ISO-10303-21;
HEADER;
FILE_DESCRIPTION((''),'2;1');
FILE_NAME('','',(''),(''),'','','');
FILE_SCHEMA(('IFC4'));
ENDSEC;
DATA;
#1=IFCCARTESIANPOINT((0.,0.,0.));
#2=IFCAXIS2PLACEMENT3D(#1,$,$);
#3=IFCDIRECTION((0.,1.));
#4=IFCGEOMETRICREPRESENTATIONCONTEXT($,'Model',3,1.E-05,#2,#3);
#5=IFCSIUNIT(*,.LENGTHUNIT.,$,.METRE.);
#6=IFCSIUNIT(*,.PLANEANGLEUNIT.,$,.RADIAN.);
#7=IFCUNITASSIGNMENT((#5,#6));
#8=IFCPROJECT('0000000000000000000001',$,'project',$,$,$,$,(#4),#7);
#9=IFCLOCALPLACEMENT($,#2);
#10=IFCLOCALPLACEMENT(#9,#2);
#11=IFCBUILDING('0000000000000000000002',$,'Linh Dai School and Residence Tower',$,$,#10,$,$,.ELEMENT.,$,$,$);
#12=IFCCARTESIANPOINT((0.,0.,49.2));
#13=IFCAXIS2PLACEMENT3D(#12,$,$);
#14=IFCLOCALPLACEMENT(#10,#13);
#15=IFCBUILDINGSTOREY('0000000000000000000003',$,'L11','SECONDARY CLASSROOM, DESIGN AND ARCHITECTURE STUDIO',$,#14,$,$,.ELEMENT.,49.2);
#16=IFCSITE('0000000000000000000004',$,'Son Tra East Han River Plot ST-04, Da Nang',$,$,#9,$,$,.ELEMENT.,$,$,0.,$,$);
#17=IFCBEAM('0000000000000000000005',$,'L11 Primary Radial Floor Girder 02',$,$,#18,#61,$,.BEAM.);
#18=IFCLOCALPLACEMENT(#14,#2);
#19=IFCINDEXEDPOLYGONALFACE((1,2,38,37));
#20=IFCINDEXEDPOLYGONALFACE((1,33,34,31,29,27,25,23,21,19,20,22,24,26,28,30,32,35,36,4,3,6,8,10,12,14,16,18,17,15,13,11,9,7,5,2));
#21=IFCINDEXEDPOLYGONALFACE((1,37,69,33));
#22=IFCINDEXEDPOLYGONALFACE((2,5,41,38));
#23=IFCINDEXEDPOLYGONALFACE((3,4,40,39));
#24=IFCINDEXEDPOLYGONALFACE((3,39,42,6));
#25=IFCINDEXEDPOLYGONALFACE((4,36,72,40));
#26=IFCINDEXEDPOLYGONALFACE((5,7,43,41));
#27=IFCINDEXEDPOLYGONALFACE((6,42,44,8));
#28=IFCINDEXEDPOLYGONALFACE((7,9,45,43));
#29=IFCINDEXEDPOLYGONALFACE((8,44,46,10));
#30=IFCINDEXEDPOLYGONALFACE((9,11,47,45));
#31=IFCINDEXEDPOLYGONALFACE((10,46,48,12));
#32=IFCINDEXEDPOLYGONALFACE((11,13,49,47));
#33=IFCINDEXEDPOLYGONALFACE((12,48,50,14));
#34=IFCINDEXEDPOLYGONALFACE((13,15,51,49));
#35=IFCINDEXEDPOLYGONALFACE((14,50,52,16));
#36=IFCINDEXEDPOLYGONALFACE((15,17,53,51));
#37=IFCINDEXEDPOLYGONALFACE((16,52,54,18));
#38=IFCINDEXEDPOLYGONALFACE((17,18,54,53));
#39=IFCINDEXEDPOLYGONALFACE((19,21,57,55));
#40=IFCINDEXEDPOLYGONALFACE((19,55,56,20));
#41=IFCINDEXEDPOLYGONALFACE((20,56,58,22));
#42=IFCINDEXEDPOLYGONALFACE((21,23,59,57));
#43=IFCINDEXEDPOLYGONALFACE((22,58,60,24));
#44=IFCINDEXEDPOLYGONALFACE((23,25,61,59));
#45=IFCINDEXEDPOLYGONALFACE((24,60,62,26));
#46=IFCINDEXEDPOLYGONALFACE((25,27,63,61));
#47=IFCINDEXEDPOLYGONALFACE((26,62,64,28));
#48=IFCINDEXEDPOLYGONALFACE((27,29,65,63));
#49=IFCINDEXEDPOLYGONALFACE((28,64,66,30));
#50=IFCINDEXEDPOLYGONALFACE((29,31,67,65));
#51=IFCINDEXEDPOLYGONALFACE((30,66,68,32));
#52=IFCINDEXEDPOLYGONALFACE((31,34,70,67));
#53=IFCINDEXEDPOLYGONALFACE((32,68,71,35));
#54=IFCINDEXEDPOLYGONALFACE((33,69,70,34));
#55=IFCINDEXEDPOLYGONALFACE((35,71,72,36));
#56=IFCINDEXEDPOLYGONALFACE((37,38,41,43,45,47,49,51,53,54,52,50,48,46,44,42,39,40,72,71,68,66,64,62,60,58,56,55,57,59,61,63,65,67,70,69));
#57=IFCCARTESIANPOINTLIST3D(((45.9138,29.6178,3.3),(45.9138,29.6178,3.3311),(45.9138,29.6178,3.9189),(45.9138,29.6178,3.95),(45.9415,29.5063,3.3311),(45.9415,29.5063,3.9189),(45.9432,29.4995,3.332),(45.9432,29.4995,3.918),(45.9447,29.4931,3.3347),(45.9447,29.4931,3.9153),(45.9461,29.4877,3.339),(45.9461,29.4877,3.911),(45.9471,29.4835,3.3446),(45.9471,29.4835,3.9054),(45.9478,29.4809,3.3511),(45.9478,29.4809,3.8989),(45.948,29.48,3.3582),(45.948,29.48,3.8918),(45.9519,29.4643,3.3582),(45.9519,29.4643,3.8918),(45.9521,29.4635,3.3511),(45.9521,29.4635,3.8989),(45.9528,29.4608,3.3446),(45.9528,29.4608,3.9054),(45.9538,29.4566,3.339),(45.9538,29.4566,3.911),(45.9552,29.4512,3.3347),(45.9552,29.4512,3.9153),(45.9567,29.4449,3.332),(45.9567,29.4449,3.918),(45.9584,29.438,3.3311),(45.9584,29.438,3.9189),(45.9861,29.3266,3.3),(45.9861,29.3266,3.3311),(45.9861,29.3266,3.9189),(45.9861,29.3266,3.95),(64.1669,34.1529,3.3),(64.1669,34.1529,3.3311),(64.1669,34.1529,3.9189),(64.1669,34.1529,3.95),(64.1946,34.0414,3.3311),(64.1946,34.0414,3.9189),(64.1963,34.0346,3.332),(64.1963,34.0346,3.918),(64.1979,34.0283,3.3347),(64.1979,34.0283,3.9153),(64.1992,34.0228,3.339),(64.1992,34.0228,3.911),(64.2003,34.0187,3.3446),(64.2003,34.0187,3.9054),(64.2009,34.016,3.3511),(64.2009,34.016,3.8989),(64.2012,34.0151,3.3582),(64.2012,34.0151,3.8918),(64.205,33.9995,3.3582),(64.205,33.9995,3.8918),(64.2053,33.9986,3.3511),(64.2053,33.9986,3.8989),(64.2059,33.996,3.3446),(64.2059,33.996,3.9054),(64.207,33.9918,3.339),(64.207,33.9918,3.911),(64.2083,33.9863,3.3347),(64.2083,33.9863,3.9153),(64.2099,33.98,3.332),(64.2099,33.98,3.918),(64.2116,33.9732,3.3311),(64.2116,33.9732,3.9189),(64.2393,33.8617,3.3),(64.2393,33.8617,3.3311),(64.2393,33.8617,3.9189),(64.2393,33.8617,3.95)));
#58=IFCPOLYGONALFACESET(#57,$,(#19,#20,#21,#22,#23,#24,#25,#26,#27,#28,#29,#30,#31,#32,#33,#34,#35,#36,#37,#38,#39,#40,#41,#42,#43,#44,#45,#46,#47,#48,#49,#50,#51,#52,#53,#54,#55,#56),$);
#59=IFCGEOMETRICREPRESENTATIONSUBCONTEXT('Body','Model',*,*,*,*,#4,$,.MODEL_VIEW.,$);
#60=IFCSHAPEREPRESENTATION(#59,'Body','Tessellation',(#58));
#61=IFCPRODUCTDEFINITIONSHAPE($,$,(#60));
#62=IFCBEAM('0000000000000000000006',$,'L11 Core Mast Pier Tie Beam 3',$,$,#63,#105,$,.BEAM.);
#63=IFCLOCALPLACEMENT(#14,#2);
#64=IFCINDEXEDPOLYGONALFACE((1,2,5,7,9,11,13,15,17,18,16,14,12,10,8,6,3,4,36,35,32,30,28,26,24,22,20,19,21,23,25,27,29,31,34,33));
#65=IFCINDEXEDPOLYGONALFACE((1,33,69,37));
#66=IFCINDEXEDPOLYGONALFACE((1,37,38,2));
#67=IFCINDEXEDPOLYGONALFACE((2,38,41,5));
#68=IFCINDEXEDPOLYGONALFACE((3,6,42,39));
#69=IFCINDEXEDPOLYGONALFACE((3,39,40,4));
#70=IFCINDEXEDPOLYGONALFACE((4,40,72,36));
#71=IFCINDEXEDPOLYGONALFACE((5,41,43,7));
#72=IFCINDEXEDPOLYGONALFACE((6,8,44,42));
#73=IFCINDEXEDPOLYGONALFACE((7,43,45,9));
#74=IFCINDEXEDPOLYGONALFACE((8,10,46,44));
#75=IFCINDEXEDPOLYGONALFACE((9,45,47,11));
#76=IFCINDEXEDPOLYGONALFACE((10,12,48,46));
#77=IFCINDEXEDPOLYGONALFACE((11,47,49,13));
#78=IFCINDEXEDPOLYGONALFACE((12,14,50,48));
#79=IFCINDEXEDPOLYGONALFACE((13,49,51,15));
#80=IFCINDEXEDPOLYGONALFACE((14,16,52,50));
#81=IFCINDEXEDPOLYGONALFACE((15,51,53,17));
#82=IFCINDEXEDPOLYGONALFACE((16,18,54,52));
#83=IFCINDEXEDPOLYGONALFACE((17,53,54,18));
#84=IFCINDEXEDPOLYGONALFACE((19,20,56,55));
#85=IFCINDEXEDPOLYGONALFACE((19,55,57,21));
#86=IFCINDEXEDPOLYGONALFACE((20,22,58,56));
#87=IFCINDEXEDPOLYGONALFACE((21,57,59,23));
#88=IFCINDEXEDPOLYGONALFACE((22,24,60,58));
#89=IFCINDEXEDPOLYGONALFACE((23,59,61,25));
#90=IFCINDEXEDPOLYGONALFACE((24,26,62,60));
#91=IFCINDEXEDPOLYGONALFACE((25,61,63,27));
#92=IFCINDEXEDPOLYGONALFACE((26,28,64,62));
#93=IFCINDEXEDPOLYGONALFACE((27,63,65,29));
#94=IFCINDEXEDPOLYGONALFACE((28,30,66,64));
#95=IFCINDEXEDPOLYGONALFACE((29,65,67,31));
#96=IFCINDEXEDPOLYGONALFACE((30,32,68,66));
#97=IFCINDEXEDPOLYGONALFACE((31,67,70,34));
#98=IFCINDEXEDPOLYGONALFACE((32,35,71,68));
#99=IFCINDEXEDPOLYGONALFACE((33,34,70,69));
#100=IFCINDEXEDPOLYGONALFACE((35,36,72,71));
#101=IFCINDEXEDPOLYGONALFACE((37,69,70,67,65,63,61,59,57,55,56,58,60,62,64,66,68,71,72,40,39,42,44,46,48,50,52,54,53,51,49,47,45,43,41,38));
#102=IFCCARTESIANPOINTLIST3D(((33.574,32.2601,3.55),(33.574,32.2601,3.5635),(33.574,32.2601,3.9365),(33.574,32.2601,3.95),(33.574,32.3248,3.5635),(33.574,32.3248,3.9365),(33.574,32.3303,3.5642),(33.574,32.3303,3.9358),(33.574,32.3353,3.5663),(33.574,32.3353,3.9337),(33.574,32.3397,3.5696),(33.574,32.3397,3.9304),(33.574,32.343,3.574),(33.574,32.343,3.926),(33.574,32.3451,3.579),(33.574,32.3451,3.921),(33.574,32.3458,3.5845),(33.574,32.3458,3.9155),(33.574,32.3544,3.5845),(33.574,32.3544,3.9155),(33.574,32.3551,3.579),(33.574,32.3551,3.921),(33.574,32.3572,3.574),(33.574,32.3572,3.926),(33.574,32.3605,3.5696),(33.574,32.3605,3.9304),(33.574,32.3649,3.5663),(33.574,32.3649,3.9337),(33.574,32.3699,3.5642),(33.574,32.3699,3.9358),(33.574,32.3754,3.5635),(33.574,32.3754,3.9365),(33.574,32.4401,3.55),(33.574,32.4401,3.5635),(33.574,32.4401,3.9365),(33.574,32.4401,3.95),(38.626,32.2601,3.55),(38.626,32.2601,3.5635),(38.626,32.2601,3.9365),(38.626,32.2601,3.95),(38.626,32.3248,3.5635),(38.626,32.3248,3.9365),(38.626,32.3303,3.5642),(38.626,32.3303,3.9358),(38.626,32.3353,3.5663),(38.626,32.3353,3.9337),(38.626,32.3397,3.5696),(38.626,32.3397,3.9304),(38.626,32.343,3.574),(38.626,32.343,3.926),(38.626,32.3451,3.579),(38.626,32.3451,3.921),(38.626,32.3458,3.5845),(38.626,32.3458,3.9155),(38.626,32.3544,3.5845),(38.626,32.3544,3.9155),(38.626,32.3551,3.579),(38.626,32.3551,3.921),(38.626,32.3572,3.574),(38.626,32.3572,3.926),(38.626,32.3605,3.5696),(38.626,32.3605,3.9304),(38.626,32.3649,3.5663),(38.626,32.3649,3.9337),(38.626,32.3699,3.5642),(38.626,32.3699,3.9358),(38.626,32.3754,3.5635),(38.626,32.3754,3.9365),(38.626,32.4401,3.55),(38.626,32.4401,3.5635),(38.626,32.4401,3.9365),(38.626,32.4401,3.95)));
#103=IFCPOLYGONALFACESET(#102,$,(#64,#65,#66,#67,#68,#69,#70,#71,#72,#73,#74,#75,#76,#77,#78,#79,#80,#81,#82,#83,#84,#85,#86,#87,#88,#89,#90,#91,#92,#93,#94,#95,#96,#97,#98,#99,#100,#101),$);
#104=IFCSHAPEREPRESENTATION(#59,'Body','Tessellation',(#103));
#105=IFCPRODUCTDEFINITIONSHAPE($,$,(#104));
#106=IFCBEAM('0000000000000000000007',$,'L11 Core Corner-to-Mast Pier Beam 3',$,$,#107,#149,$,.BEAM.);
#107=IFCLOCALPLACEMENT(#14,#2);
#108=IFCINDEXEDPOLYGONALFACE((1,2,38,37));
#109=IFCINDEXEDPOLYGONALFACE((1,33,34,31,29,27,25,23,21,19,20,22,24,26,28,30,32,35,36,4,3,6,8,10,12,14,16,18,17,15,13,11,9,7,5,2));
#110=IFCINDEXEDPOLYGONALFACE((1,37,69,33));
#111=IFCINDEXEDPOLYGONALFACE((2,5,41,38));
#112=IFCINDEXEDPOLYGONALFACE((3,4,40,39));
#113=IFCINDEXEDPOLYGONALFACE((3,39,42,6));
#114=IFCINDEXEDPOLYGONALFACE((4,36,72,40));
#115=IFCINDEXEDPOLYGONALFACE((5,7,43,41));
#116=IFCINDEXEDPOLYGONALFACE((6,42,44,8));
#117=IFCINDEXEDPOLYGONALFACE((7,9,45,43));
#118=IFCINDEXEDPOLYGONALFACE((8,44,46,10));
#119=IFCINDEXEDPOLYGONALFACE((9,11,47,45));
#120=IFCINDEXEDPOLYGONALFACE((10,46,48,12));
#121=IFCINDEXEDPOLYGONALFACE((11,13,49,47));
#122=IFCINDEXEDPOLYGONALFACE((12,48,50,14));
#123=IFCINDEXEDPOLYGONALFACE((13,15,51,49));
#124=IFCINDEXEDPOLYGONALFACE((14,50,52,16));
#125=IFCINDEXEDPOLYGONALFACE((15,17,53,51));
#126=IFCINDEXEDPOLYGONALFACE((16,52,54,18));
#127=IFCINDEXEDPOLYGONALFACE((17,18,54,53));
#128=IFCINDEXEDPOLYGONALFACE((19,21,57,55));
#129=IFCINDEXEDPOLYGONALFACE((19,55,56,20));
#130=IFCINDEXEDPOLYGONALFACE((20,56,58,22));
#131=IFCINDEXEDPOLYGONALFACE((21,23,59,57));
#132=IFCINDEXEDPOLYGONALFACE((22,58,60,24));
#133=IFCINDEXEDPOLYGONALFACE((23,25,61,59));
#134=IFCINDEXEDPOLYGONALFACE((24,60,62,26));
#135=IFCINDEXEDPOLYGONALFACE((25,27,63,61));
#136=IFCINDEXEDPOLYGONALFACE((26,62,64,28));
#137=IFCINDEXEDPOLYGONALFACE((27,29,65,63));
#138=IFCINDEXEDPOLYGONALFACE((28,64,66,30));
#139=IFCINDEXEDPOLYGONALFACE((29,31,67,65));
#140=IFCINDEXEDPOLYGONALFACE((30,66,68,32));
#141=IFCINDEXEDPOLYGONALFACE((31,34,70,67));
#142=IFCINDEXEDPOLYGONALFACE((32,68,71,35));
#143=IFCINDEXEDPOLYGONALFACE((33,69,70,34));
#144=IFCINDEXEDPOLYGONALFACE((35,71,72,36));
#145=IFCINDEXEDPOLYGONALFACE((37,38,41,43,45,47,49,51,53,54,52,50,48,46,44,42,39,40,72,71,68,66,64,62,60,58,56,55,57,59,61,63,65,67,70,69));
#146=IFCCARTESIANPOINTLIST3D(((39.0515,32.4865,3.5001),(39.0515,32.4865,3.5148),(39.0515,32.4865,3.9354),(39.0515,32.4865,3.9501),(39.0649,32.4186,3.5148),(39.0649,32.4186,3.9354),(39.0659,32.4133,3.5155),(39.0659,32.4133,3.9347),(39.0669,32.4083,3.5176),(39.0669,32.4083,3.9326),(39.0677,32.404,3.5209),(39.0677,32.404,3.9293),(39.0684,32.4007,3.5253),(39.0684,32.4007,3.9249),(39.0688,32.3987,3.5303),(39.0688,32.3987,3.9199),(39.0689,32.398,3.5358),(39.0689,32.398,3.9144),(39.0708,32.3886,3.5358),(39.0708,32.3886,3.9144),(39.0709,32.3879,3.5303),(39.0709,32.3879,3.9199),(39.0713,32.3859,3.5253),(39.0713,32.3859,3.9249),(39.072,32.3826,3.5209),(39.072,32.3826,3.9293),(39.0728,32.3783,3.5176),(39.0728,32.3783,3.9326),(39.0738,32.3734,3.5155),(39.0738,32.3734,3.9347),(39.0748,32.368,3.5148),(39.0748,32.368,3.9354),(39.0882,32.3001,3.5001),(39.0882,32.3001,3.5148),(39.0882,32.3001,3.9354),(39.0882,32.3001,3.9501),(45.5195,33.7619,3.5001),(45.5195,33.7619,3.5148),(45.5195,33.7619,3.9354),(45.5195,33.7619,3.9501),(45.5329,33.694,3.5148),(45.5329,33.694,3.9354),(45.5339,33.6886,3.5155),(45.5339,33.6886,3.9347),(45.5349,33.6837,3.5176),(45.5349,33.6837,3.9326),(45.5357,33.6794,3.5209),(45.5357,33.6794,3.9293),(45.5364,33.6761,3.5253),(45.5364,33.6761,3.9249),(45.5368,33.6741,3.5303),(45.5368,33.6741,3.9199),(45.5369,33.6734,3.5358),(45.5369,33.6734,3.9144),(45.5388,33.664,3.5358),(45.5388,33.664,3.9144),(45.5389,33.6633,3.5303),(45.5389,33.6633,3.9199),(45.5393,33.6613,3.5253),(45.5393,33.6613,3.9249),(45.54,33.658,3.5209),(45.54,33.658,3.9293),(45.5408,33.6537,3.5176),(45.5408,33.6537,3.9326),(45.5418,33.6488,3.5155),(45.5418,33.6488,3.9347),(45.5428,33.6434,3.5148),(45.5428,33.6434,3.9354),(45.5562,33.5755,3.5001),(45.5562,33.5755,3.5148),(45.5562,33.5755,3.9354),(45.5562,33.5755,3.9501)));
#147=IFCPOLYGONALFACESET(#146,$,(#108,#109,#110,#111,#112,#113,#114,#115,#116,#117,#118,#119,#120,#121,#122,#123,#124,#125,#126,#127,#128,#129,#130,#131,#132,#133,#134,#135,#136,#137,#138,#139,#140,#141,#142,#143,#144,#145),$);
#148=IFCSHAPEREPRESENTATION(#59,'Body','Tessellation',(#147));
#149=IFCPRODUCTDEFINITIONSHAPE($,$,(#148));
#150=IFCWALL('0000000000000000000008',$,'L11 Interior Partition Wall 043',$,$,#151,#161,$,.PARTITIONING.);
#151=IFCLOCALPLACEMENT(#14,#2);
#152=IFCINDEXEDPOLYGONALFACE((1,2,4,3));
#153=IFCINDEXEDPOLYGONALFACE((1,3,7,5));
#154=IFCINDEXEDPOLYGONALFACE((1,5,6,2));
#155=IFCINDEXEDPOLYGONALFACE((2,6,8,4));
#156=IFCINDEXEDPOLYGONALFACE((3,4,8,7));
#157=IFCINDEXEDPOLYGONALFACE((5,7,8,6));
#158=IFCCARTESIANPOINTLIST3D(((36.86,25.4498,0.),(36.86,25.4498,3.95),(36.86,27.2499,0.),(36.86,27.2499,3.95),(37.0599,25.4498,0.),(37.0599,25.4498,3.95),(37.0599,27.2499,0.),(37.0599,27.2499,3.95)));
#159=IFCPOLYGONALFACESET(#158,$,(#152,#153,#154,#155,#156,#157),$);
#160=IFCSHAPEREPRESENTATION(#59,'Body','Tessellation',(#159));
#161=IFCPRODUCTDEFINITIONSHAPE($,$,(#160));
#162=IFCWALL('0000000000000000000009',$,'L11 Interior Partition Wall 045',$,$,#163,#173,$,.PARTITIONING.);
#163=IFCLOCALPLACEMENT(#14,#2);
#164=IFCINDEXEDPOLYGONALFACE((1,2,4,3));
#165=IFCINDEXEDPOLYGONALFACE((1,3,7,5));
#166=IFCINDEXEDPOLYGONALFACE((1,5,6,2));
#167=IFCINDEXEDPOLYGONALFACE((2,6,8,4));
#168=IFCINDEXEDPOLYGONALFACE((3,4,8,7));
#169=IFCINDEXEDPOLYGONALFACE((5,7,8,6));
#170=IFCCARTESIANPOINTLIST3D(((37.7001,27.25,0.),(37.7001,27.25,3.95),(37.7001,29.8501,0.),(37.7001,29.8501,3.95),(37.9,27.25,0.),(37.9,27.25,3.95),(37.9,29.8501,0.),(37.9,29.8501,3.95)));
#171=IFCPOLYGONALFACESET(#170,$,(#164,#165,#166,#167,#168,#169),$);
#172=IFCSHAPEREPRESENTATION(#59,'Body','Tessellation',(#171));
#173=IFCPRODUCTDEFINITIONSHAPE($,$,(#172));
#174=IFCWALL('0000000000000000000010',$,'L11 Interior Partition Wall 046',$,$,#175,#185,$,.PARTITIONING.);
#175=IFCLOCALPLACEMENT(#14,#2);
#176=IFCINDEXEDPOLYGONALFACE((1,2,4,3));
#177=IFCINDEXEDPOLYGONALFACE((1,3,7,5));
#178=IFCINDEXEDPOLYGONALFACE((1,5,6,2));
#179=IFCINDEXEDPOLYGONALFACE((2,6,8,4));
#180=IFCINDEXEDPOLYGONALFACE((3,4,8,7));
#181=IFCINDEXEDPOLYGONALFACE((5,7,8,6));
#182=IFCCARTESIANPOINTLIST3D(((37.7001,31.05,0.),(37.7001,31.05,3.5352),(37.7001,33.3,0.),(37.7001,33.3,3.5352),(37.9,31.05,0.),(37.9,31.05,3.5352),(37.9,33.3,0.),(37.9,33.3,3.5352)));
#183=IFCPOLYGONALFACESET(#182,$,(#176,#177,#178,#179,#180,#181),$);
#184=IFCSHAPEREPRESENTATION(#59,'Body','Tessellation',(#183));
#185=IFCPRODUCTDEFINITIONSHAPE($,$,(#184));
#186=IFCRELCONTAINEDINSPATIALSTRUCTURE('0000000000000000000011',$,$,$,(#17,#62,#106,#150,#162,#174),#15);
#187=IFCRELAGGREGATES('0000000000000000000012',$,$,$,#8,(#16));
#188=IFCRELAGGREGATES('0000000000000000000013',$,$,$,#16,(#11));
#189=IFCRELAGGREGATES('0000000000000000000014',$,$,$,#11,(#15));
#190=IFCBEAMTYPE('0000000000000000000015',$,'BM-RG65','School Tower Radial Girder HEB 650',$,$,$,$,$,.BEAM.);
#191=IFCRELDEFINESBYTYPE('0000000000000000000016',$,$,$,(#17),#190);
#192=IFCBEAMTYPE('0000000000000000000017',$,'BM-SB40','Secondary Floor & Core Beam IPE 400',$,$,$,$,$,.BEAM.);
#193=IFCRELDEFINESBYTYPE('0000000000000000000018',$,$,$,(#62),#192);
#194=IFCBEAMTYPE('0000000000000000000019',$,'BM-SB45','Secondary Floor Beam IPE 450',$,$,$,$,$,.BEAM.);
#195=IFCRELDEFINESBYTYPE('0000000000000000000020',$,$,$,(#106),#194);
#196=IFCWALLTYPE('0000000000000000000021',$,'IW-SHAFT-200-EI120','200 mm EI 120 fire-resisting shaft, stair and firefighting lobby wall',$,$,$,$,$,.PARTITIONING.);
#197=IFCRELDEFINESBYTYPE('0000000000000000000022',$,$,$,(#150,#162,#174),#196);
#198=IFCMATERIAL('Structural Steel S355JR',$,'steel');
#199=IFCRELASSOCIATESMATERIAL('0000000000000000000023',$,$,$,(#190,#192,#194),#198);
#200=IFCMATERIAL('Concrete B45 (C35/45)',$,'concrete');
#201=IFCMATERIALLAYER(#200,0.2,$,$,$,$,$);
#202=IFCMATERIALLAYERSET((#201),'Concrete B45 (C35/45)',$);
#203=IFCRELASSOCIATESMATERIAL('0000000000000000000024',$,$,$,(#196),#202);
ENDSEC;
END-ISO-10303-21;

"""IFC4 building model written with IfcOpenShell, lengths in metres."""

from ifc_helpers import new_model, si_unit, direction, frame, frame_2d, origin, origin_2d, place, context, subcontext, project, spatial, rectangle, i_section, extrude, material, layer, layer_set, material_profile, profile_set, type_object, element, save


model = new_model("IFC4")

# Units and contexts
model_context = context("Model", 3, precision=1e-05, world=origin(), true_north=direction((0.0, 1.0)))
body_context = subcontext(model_context, "Body", "Model", "MODEL_VIEW")
ifc_project = project(units=[si_unit("LENGTHUNIT", "METRE"), si_unit("PLANEANGLEUNIT", "RADIAN")], contexts=[model_context])

# Site, building, storey
site_placement = place(None, origin())
site = spatial("IfcSite", under=ifc_project, at=site_placement, Name="Son Tra East Han River Plot ST-04, Da Nang", CompositionType="ELEMENT", RefElevation=0.0)
building_placement = place(site_placement, origin())
building = spatial("IfcBuilding", under=site, at=building_placement, Name="Linh Dai School and Residence Tower", CompositionType="ELEMENT")
storey_placement = place(building_placement, frame((0.0, 0.0, 49.2)))
storey = spatial("IfcBuildingStorey", under=building, at=storey_placement, Name="L11", Description="SECONDARY CLASSROOM, DESIGN AND ARCHITECTURE STUDIO", CompositionType="ELEMENT", Elevation=49.2)

# Shared definitions
ifc_material_1 = material(Name="Structural Steel S355JR", Category="steel")

# Beams
ifc_material_profile_1 = material_profile(ifc_material_1, i_section(OverallWidth=0.3, OverallDepth=0.6499, WebThickness=0.0161, FlangeThickness=0.031, FilletRadius=0.0271, at=origin_2d()), Name="HEB 650")
ifc_profile_set_1 = profile_set([ifc_material_profile_1], Name="Structural Steel S355JR")
beam_type_1 = type_object("IfcBeamType", Name="BM-RG65", Description="School Tower Radial Girder HEB 650", PredefinedType="BEAM", material=ifc_profile_set_1)
beam_1_placement = place(storey_placement, frame((45.95, 29.4722, 3.625), z_axis=(0.970493, 0.241127, 0.0), x_axis=(-0.241127, 0.970493, 0.0)))
element("IfcBeam", 1, at=beam_1_placement, inside=storey, type_object=beam_type_1, Name="L11 Primary Radial Floor Girder 02", PredefinedType="BEAM", context=body_context, shape_type="SweptSolid", body=[
    extrude(i_section(OverallWidth=0.3, OverallDepth=0.6499, WebThickness=0.0161, FlangeThickness=0.031, FilletRadius=0.0271, at=origin_2d()), origin(), (0.0, 0.0, 1.0), 18.8081),
])
ifc_material_profile_2 = material_profile(ifc_material_1, i_section(OverallWidth=0.1799, OverallDepth=0.3999, WebThickness=0.0085, FlangeThickness=0.0134, FilletRadius=0.021, at=origin_2d()), Name="IPE 400")
ifc_profile_set_2 = profile_set([ifc_material_profile_2], Name="Structural Steel S355JR")
beam_type_2 = type_object("IfcBeamType", Name="BM-SB40", Description="Secondary Floor & Core Beam IPE 400", PredefinedType="BEAM", material=ifc_profile_set_2)
beam_2_placement = place(storey_placement, frame((38.626, 32.3501, 3.75), z_axis=(-1.0, 0.0, 0.0), x_axis=(0.0, -1.0, 0.0)))
element("IfcBeam", 2, at=beam_2_placement, inside=storey, type_object=beam_type_2, Name="L11 Core Mast Pier Tie Beam 3", PredefinedType="BEAM", context=body_context, shape_type="SweptSolid", body=[
    extrude(i_section(OverallWidth=0.1799, OverallDepth=0.3999, WebThickness=0.0085, FlangeThickness=0.0134, FilletRadius=0.021, at=origin_2d()), origin(), (0.0, 0.0, 1.0), 5.052),
])
ifc_material_profile_3 = material_profile(ifc_material_1, i_section(OverallWidth=0.1899, OverallDepth=0.45, WebThickness=0.0095, FlangeThickness=0.0146, FilletRadius=0.021, at=origin_2d()), Name="IPE 450")
ifc_profile_set_3 = profile_set([ifc_material_profile_3], Name="Structural Steel S355JR")
beam_type_3 = type_object("IfcBeamType", Name="BM-SB45", Description="Secondary Floor Beam IPE 450", PredefinedType="BEAM", material=ifc_profile_set_3)
beam_3_placement = place(storey_placement, frame((45.5378, 33.6687, 3.7251), z_axis=(-0.981108, -0.193459, 0.0), x_axis=(0.193459, -0.981108, 0.0)))
element("IfcBeam", 3, at=beam_3_placement, inside=storey, type_object=beam_type_3, Name="L11 Core Corner-to-Mast Pier Beam 3", PredefinedType="BEAM", context=body_context, shape_type="SweptSolid", body=[
    extrude(i_section(OverallWidth=0.1899, OverallDepth=0.45, WebThickness=0.0095, FlangeThickness=0.0146, FilletRadius=0.021, at=origin_2d()), origin(), (0.0, 0.0, 1.0), 6.5925),
])

# Walls
ifc_material_2 = material(Name="Concrete B45 (C35/45)", Category="concrete")
ifc_layer_1 = layer(ifc_material_2, 0.2)
ifc_layer_set_1 = layer_set([ifc_layer_1], Name="Concrete B45 (C35/45)")
wall_type_1 = type_object("IfcWallType", Name="IW-SHAFT-200-EI120", Description="200 mm EI 120 fire-resisting shaft, stair and firefighting lobby wall", PredefinedType="PARTITIONING", material=ifc_layer_set_1)
wall_1_placement = place(storey_placement, frame((36.96, 25.45, 0.0), z_axis=(0.0, 0.0, 1.0), x_axis=(0.0, 1.0, 0.0)))
element("IfcWall", 4, at=wall_1_placement, inside=storey, type_object=wall_type_1, Name="L11 Interior Partition Wall 043", PredefinedType="PARTITIONING", context=body_context, shape_type="SweptSolid", body=[
    extrude(rectangle(XDim=1.8, YDim=0.2, at=frame_2d((0.8999, 0.0))), origin(), (0.0, 0.0, 1.0), 3.95),
])
wall_2_placement = place(storey_placement, frame((37.8, 27.25, 0.0), z_axis=(0.0, 0.0, 1.0), x_axis=(0.0, 1.0, 0.0)))
element("IfcWall", 5, at=wall_2_placement, inside=storey, type_object=wall_type_1, Name="L11 Interior Partition Wall 045", PredefinedType="PARTITIONING", context=body_context, shape_type="SweptSolid", body=[
    extrude(rectangle(XDim=2.6001, YDim=0.2, at=frame_2d((1.3, 0.0))), origin(), (0.0, 0.0, 1.0), 3.95),
])
wall_3_placement = place(storey_placement, frame((37.8, 31.05, 0.0), z_axis=(0.0, 0.0, 1.0), x_axis=(0.0, 1.0, 0.0)))
element("IfcWall", 6, at=wall_3_placement, inside=storey, type_object=wall_type_1, Name="L11 Interior Partition Wall 046", PredefinedType="PARTITIONING", context=body_context, shape_type="SweptSolid", body=[
    extrude(rectangle(XDim=2.25, YDim=0.2, at=frame_2d((1.125, 0.0))), origin(), (0.0, 0.0, 1.0), 3.5352),
])

save(model, "model.ifc")
